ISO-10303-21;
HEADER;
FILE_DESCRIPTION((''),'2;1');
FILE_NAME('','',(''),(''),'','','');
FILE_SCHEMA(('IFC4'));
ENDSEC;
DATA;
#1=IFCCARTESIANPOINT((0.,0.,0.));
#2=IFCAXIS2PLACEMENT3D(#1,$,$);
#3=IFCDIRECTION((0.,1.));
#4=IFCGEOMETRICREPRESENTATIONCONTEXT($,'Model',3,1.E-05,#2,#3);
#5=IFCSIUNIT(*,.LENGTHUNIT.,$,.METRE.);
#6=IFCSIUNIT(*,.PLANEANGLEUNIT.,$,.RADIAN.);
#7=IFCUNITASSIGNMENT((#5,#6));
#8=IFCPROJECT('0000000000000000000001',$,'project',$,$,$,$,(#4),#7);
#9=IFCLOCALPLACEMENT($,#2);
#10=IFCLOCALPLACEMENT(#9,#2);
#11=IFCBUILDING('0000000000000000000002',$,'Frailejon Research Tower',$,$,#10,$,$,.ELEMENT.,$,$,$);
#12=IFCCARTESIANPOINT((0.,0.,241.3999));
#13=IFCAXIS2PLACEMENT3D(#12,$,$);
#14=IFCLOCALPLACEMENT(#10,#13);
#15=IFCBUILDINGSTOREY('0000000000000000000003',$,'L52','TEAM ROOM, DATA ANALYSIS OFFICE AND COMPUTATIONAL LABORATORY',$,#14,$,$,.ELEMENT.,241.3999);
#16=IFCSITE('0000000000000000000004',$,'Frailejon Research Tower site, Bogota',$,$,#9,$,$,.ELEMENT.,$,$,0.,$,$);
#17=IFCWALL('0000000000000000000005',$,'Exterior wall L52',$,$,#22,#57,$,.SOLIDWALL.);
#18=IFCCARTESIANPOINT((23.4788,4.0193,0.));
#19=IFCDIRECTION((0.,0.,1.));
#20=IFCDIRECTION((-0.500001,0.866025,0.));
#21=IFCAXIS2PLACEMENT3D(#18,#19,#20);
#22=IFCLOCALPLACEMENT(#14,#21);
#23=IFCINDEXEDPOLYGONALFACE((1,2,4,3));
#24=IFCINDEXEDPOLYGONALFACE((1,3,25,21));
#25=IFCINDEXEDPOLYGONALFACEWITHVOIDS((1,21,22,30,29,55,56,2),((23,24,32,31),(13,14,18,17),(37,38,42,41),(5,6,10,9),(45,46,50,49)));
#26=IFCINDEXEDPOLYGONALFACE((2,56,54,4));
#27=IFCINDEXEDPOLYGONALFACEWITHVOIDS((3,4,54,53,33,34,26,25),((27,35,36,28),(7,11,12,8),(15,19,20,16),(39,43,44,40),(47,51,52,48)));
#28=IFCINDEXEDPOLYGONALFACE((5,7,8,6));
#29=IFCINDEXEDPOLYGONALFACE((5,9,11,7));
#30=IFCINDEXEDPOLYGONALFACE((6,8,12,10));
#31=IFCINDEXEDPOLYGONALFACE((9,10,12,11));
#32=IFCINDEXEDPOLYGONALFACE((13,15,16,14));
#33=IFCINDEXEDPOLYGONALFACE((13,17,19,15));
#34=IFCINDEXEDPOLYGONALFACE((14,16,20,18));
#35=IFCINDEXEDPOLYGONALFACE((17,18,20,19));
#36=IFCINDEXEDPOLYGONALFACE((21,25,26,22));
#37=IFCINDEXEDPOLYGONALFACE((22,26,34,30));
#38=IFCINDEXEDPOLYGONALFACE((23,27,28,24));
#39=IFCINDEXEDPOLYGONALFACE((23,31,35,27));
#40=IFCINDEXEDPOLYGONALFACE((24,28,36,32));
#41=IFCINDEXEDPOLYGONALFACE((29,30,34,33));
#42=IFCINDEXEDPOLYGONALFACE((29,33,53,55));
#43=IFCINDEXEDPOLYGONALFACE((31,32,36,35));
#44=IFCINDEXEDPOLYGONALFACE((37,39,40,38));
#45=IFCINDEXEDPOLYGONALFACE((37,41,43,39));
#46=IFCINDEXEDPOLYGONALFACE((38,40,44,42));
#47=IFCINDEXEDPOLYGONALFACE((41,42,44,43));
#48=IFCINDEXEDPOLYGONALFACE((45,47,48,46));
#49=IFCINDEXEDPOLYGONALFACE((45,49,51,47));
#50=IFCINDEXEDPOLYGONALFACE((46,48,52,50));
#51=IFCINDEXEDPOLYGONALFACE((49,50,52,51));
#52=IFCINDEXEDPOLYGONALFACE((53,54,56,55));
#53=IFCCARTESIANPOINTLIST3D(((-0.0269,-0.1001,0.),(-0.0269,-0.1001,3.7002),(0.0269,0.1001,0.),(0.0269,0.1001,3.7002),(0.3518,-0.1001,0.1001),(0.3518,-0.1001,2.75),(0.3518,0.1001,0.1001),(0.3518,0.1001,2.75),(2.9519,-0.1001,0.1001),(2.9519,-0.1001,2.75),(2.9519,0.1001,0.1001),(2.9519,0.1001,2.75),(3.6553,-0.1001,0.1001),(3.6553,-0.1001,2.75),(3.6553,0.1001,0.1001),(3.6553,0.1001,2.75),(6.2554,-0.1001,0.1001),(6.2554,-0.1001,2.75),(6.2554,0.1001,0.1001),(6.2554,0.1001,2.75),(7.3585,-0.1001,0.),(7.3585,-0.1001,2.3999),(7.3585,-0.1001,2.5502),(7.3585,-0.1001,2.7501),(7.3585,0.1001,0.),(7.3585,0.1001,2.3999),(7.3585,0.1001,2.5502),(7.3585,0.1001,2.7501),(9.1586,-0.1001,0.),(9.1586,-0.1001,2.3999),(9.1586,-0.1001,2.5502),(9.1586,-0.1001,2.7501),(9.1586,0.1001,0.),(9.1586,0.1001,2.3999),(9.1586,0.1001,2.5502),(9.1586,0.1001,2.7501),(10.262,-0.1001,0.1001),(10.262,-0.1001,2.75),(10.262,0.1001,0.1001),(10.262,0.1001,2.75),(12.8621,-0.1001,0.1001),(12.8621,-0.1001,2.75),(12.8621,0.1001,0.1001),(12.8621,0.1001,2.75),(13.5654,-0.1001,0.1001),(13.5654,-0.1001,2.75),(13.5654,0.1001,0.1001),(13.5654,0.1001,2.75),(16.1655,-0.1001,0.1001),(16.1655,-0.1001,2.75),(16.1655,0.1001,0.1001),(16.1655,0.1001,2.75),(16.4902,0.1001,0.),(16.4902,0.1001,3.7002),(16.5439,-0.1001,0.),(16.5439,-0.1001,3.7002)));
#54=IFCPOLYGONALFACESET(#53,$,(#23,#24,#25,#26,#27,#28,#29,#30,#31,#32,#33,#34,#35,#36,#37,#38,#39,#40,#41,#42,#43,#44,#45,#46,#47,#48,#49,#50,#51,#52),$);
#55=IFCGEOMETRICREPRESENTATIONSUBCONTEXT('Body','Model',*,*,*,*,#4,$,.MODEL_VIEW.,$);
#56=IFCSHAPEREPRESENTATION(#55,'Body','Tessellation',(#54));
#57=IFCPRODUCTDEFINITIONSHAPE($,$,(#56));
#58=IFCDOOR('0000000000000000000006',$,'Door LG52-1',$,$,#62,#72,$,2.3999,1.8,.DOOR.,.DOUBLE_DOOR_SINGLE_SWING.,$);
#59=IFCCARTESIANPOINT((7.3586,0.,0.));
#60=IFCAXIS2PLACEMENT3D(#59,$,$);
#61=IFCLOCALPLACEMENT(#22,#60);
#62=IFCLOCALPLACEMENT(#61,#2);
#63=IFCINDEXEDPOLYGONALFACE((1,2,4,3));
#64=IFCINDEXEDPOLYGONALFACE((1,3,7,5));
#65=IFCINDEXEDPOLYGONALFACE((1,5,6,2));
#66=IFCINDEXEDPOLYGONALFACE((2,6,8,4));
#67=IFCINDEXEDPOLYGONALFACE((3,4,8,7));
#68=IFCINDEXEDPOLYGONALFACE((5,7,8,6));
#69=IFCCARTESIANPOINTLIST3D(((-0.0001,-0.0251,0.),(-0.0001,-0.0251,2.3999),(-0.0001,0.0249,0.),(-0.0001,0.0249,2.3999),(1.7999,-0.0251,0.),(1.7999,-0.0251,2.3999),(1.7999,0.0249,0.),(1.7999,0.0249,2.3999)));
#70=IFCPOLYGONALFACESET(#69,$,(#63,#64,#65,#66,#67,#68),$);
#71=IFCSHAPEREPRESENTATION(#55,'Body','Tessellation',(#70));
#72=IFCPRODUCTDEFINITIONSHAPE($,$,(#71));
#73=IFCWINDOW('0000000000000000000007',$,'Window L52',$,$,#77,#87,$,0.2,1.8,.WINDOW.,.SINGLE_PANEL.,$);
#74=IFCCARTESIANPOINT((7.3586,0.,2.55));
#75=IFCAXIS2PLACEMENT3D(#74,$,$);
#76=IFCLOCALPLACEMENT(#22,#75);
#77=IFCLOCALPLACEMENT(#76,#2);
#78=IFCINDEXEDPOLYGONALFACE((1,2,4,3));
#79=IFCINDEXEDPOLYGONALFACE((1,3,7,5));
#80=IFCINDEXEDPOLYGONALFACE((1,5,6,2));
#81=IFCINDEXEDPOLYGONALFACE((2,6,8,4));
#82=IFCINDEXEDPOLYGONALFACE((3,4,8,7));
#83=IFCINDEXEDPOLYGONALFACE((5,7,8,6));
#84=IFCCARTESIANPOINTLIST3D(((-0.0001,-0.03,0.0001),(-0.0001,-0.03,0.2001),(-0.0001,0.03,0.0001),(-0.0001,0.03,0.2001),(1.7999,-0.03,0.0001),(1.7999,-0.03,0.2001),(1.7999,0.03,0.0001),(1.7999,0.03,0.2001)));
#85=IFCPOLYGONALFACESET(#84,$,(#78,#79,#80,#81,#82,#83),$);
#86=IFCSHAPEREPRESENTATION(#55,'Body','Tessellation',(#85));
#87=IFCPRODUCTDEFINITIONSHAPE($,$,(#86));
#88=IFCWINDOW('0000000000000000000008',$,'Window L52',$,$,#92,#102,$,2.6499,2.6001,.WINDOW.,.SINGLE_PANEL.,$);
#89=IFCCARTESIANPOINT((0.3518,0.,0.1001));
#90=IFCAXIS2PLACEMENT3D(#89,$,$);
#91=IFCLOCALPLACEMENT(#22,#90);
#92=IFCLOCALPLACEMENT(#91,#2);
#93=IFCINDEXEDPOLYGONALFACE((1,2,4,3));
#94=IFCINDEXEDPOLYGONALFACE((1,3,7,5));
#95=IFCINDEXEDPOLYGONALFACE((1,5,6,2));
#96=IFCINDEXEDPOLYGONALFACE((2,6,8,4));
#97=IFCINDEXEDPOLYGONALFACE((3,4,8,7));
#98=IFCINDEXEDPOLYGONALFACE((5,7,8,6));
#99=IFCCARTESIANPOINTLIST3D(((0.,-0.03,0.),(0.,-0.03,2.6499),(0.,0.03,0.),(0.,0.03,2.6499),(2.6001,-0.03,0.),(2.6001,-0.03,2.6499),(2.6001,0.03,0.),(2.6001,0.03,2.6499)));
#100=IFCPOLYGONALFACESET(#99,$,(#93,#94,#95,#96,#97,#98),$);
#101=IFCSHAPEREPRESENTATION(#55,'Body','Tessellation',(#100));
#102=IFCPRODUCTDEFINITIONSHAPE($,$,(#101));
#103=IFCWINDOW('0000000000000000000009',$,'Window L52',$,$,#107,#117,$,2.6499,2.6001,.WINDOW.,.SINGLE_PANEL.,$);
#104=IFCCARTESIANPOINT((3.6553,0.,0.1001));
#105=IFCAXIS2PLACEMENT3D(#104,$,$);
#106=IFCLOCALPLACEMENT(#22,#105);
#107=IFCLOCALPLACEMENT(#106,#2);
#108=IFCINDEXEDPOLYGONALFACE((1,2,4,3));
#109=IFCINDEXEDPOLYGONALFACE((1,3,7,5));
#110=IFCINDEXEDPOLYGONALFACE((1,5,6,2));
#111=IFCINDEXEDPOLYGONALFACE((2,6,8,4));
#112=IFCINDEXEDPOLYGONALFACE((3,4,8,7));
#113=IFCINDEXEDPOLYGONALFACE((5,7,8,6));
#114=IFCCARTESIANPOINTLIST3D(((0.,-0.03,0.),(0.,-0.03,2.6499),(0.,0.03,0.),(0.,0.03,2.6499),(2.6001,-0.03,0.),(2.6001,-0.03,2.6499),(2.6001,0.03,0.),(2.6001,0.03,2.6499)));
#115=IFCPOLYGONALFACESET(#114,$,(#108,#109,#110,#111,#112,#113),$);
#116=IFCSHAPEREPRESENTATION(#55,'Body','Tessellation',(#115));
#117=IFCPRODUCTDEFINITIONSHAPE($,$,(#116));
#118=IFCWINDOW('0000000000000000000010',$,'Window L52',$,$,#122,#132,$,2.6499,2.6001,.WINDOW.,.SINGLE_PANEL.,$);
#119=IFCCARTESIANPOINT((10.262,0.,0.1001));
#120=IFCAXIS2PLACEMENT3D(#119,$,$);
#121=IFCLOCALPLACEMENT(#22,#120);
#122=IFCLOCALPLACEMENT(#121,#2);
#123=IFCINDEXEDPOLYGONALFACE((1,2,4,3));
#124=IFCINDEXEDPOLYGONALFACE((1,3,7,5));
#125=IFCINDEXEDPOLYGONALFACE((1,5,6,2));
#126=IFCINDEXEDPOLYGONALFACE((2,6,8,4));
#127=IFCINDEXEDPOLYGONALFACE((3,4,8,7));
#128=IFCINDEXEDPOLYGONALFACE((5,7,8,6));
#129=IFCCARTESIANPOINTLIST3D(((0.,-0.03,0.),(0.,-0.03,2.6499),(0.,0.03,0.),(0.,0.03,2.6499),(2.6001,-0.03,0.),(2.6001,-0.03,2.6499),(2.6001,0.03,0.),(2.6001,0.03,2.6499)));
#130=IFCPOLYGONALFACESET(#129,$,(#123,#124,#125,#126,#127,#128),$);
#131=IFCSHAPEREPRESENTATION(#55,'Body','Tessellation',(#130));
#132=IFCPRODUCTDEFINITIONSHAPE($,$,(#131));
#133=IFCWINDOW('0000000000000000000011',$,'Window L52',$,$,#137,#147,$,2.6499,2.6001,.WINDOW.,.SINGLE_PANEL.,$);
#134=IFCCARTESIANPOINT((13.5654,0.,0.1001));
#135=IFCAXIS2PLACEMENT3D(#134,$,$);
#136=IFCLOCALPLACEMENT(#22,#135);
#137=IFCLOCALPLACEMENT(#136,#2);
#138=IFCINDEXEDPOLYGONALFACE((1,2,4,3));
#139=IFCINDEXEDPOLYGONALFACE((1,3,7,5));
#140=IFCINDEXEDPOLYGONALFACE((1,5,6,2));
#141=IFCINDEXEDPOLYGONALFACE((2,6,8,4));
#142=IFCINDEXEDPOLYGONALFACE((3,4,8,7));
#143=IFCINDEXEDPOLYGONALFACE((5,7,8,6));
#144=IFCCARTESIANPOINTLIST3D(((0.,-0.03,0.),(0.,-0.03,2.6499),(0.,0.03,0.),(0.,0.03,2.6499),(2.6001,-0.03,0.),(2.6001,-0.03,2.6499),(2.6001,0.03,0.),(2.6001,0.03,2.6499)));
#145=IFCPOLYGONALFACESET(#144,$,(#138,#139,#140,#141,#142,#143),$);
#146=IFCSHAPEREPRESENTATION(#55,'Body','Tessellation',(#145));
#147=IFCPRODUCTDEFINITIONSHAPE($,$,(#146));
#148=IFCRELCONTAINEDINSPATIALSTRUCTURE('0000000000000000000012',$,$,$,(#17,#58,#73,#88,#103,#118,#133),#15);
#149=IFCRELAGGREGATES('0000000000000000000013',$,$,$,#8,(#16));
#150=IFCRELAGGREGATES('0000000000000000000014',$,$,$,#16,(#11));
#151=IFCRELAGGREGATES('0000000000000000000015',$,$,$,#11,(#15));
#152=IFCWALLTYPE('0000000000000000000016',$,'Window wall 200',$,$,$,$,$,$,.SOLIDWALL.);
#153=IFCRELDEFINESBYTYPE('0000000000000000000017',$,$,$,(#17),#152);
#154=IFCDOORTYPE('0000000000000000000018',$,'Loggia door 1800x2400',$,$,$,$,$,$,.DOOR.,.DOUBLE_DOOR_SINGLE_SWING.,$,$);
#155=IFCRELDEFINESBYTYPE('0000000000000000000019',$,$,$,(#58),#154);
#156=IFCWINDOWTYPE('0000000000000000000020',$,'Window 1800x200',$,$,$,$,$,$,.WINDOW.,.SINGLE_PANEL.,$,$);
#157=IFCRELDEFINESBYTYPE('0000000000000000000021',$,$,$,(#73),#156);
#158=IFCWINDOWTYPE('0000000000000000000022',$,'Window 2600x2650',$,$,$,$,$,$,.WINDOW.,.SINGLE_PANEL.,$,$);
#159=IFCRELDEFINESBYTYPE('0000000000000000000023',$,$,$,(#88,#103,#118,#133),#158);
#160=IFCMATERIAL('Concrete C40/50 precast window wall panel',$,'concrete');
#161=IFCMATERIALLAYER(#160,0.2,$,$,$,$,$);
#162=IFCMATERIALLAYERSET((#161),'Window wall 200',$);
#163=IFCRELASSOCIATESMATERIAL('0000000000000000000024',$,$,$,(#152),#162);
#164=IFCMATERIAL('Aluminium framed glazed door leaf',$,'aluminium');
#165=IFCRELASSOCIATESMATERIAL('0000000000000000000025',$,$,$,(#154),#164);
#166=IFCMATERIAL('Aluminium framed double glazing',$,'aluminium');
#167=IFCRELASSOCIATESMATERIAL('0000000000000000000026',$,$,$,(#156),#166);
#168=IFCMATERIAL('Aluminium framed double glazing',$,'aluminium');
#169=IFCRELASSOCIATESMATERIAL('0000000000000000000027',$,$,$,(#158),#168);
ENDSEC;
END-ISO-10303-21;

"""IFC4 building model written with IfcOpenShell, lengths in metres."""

from ifc_helpers import new_model, si_unit, direction, frame, frame_2d, origin, place, context, subcontext, project, spatial, polyline, rectangle, outline, extrude, material, layer, layer_set, type_object, element, fill, save


model = new_model("IFC4")

# Units and contexts
model_context = context("Model", 3, precision=1e-05, world=origin(), true_north=direction((0.0, 1.0)))
body_context = subcontext(model_context, "Body", "Model", "MODEL_VIEW")
ifc_project = project(units=[si_unit("LENGTHUNIT", "METRE"), si_unit("PLANEANGLEUNIT", "RADIAN")], contexts=[model_context])

# Site, building, storey
site_placement = place(None, origin())
site = spatial("IfcSite", under=ifc_project, at=site_placement, Name="Frailejon Research Tower site, Bogota", CompositionType="ELEMENT", RefElevation=0.0)
building_placement = place(site_placement, origin())
building = spatial("IfcBuilding", under=site, at=building_placement, Name="Frailejon Research Tower", CompositionType="ELEMENT")
storey_placement = place(building_placement, frame((0.0, 0.0, 241.3999)))
storey = spatial("IfcBuildingStorey", under=building, at=storey_placement, Name="L52", Description="TEAM ROOM, DATA ANALYSIS OFFICE AND COMPUTATIONAL LABORATORY", CompositionType="ELEMENT", Elevation=241.3999)

# Wall, openings, door, windows
ifc_material_1 = material(Name="Concrete C40/50 precast window wall panel", Category="concrete")
ifc_layer_1 = layer(ifc_material_1, 0.2)
ifc_layer_set_1 = layer_set([ifc_layer_1], Name="Window wall 200")
wall_type_1 = type_object("IfcWallType", Name="Window wall 200", PredefinedType="SOLIDWALL", material=ifc_layer_set_1)
wall_1_placement = place(storey_placement, frame((23.4788, 4.0193, 0.0), z_axis=(0.0, 0.0, 1.0), x_axis=(-0.500001, 0.866025, 0.0)))
wall_1 = element("IfcWall", 1, at=wall_1_placement, inside=storey, type_object=wall_type_1, Name="Exterior wall L52", PredefinedType="SOLIDWALL", context=body_context, shape_type="SweptSolid", body=[
    extrude(outline(polyline([(-0.0269, -0.1001), (1.0088, -0.1001), (2.0444, -0.1001), (3.0801, -0.1001), (4.1157, -0.1001), (5.1516, -0.1001), (6.1873, -0.1001), (7.2229, -0.1001), (8.2585, -0.1001), (9.2942, -0.1001), (10.3298, -0.1001), (11.3655, -0.1001), (12.4014, -0.1001), (13.437, -0.1001), (14.4727, -0.1001), (15.5083, -0.1001), (16.5439, -0.1001), (16.4902, 0.1001), (15.4612, 0.1001), (14.4324, 0.1001), (13.4033, 0.1001), (12.3745, 0.1001), (11.3455, 0.1001), (10.3164, 0.1001), (9.2876, 0.1001), (8.2585, 0.1001), (7.2295, 0.1001), (6.2007, 0.1001), (5.1716, 0.1001), (4.1426, 0.1001), (3.1138, 0.1001), (2.0847, 0.1001), (1.0559, 0.1001), (0.0269, 0.1001), (-0.0269, -0.1001)])), origin(), (0.0, 0.0, 1.0), 3.7002),
])
opening_1_placement = place(wall_1_placement, frame((0.3518, 0.0, 0.1001)))
opening_1 = element("IfcOpeningElement", 2, at=opening_1_placement, cuts=wall_1, PredefinedType="OPENING", context=body_context, shape_type="SweptSolid", body=[
    extrude(rectangle(XDim=2.6001, YDim=2.6499, at=frame_2d((1.3, 1.325))), frame((0.0, 0.1099, 0.0), z_axis=(0.0, -1.0, 0.0), x_axis=(1.0, 0.0, 0.0)), (0.0, 0.0, 1.0), 0.22),
])
opening_2_placement = place(wall_1_placement, frame((3.6553, 0.0, 0.1001)))
opening_2 = element("IfcOpeningElement", 3, at=opening_2_placement, cuts=wall_1, PredefinedType="OPENING", context=body_context, shape_type="SweptSolid", body=[
    extrude(rectangle(XDim=2.6001, YDim=2.6499, at=frame_2d((1.3, 1.325))), frame((0.0, 0.1099, 0.0), z_axis=(0.0, -1.0, 0.0), x_axis=(1.0, 0.0, 0.0)), (0.0, 0.0, 1.0), 0.22),
])
opening_3_placement = place(wall_1_placement, frame((7.3586, 0.0, 0.0)))
opening_3 = element("IfcOpeningElement", 4, at=opening_3_placement, cuts=wall_1, PredefinedType="OPENING", context=body_context, shape_type="SweptSolid", body=[
    extrude(rectangle(XDim=1.8, YDim=2.3999, at=frame_2d((0.8999, 1.2))), frame((0.0, 0.1099, 0.0), z_axis=(0.0, -1.0, 0.0), x_axis=(1.0, 0.0, 0.0)), (0.0, 0.0, 1.0), 0.22),
])
opening_4_placement = place(wall_1_placement, frame((7.3586, 0.0, 2.55)))
opening_4 = element("IfcOpeningElement", 5, at=opening_4_placement, cuts=wall_1, PredefinedType="OPENING", context=body_context, shape_type="SweptSolid", body=[
    extrude(rectangle(XDim=1.8, YDim=0.2, at=frame_2d((0.8999, 0.1001))), frame((0.0, 0.1099, 0.0), z_axis=(0.0, -1.0, 0.0), x_axis=(1.0, 0.0, 0.0)), (0.0, 0.0, 1.0), 0.22),
])
opening_5_placement = place(wall_1_placement, frame((10.262, 0.0, 0.1001)))
opening_5 = element("IfcOpeningElement", 6, at=opening_5_placement, cuts=wall_1, PredefinedType="OPENING", context=body_context, shape_type="SweptSolid", body=[
    extrude(rectangle(XDim=2.6001, YDim=2.6499, at=frame_2d((1.3, 1.325))), frame((0.0, 0.1099, 0.0), z_axis=(0.0, -1.0, 0.0), x_axis=(1.0, 0.0, 0.0)), (0.0, 0.0, 1.0), 0.22),
])
opening_6_placement = place(wall_1_placement, frame((13.5654, 0.0, 0.1001)))
opening_6 = element("IfcOpeningElement", 7, at=opening_6_placement, cuts=wall_1, PredefinedType="OPENING", context=body_context, shape_type="SweptSolid", body=[
    extrude(rectangle(XDim=2.6001, YDim=2.6499, at=frame_2d((1.3, 1.325))), frame((0.0, 0.1099, 0.0), z_axis=(0.0, -1.0, 0.0), x_axis=(1.0, 0.0, 0.0)), (0.0, 0.0, 1.0), 0.22),
])
ifc_material_2 = material(Name="Aluminium framed glazed door leaf", Category="aluminium")
door_type = type_object("IfcDoorType", Name="Loggia door 1800x2400", OperationType="DOUBLE_DOOR_SINGLE_SWING", PredefinedType="DOOR", material=ifc_material_2)
door_placement = place(opening_3_placement, origin())
door = element("IfcDoor", 8, at=door_placement, inside=storey, type_object=door_type, Name="Door LG52-1", OperationType="DOUBLE_DOOR_SINGLE_SWING", OverallHeight=2.3999, OverallWidth=1.8, PredefinedType="DOOR", context=body_context, shape_type="SweptSolid", body=[
    extrude(rectangle(XDim=1.8, YDim=2.3999, at=frame_2d((0.8999, 1.2))), frame((0.0, 0.0249, 0.0), z_axis=(0.0, -1.0, 0.0), x_axis=(1.0, 0.0, 0.0)), (0.0, 0.0, 1.0), 0.05),
])
fill(opening_3, door)
ifc_material_3 = material(Name="Aluminium framed double glazing", Category="aluminium")
window_type_1 = type_object("IfcWindowType", Name="Window 1800x200", PartitioningType="SINGLE_PANEL", PredefinedType="WINDOW", material=ifc_material_3)
window_1_placement = place(opening_4_placement, origin())
window_1 = element("IfcWindow", 9, at=window_1_placement, inside=storey, type_object=window_type_1, Name="Window L52", OverallHeight=0.2, OverallWidth=1.8, PartitioningType="SINGLE_PANEL", PredefinedType="WINDOW", context=body_context, shape_type="SweptSolid", body=[
    extrude(rectangle(XDim=1.8, YDim=0.2, at=frame_2d((0.8999, 0.1001))), frame((0.0, 0.03, 0.0), z_axis=(0.0, -1.0, 0.0), x_axis=(1.0, 0.0, 0.0)), (0.0, 0.0, 1.0), 0.0601),
])
fill(opening_4, window_1)
ifc_material_4 = material(Name="Aluminium framed double glazing", Category="aluminium")
window_type_2 = type_object("IfcWindowType", Name="Window 2600x2650", PartitioningType="SINGLE_PANEL", PredefinedType="WINDOW", material=ifc_material_4)
window_2_placement = place(opening_1_placement, origin())
window_2 = element("IfcWindow", 10, at=window_2_placement, inside=storey, type_object=window_type_2, Name="Window L52", OverallHeight=2.6499, OverallWidth=2.6001, PartitioningType="SINGLE_PANEL", PredefinedType="WINDOW", context=body_context, shape_type="SweptSolid", body=[
    extrude(rectangle(XDim=2.6001, YDim=2.6499, at=frame_2d((1.3, 1.325))), frame((0.0, 0.03, 0.0), z_axis=(0.0, -1.0, 0.0), x_axis=(1.0, 0.0, 0.0)), (0.0, 0.0, 1.0), 0.0601),
])
fill(opening_1, window_2)
window_3_placement = place(opening_2_placement, origin())
window_3 = element("IfcWindow", 11, at=window_3_placement, inside=storey, type_object=window_type_2, Name="Window L52", OverallHeight=2.6499, OverallWidth=2.6001, PartitioningType="SINGLE_PANEL", PredefinedType="WINDOW", context=body_context, shape_type="SweptSolid", body=[
    extrude(rectangle(XDim=2.6001, YDim=2.6499, at=frame_2d((1.3, 1.325))), frame((0.0, 0.03, 0.0), z_axis=(0.0, -1.0, 0.0), x_axis=(1.0, 0.0, 0.0)), (0.0, 0.0, 1.0), 0.0601),
])
fill(opening_2, window_3)
window_4_placement = place(opening_5_placement, origin())
window_4 = element("IfcWindow", 12, at=window_4_placement, inside=storey, type_object=window_type_2, Name="Window L52", OverallHeight=2.6499, OverallWidth=2.6001, PartitioningType="SINGLE_PANEL", PredefinedType="WINDOW", context=body_context, shape_type="SweptSolid", body=[
    extrude(rectangle(XDim=2.6001, YDim=2.6499, at=frame_2d((1.3, 1.325))), frame((0.0, 0.03, 0.0), z_axis=(0.0, -1.0, 0.0), x_axis=(1.0, 0.0, 0.0)), (0.0, 0.0, 1.0), 0.0601),
])
fill(opening_5, window_4)
window_5_placement = place(opening_6_placement, origin())
window_5 = element("IfcWindow", 13, at=window_5_placement, inside=storey, type_object=window_type_2, Name="Window L52", OverallHeight=2.6499, OverallWidth=2.6001, PartitioningType="SINGLE_PANEL", PredefinedType="WINDOW", context=body_context, shape_type="SweptSolid", body=[
    extrude(rectangle(XDim=2.6001, YDim=2.6499, at=frame_2d((1.3, 1.325))), frame((0.0, 0.03, 0.0), z_axis=(0.0, -1.0, 0.0), x_axis=(1.0, 0.0, 0.0)), (0.0, 0.0, 1.0), 0.0601),
])
fill(opening_6, window_5)

save(model, "model.ifc")
